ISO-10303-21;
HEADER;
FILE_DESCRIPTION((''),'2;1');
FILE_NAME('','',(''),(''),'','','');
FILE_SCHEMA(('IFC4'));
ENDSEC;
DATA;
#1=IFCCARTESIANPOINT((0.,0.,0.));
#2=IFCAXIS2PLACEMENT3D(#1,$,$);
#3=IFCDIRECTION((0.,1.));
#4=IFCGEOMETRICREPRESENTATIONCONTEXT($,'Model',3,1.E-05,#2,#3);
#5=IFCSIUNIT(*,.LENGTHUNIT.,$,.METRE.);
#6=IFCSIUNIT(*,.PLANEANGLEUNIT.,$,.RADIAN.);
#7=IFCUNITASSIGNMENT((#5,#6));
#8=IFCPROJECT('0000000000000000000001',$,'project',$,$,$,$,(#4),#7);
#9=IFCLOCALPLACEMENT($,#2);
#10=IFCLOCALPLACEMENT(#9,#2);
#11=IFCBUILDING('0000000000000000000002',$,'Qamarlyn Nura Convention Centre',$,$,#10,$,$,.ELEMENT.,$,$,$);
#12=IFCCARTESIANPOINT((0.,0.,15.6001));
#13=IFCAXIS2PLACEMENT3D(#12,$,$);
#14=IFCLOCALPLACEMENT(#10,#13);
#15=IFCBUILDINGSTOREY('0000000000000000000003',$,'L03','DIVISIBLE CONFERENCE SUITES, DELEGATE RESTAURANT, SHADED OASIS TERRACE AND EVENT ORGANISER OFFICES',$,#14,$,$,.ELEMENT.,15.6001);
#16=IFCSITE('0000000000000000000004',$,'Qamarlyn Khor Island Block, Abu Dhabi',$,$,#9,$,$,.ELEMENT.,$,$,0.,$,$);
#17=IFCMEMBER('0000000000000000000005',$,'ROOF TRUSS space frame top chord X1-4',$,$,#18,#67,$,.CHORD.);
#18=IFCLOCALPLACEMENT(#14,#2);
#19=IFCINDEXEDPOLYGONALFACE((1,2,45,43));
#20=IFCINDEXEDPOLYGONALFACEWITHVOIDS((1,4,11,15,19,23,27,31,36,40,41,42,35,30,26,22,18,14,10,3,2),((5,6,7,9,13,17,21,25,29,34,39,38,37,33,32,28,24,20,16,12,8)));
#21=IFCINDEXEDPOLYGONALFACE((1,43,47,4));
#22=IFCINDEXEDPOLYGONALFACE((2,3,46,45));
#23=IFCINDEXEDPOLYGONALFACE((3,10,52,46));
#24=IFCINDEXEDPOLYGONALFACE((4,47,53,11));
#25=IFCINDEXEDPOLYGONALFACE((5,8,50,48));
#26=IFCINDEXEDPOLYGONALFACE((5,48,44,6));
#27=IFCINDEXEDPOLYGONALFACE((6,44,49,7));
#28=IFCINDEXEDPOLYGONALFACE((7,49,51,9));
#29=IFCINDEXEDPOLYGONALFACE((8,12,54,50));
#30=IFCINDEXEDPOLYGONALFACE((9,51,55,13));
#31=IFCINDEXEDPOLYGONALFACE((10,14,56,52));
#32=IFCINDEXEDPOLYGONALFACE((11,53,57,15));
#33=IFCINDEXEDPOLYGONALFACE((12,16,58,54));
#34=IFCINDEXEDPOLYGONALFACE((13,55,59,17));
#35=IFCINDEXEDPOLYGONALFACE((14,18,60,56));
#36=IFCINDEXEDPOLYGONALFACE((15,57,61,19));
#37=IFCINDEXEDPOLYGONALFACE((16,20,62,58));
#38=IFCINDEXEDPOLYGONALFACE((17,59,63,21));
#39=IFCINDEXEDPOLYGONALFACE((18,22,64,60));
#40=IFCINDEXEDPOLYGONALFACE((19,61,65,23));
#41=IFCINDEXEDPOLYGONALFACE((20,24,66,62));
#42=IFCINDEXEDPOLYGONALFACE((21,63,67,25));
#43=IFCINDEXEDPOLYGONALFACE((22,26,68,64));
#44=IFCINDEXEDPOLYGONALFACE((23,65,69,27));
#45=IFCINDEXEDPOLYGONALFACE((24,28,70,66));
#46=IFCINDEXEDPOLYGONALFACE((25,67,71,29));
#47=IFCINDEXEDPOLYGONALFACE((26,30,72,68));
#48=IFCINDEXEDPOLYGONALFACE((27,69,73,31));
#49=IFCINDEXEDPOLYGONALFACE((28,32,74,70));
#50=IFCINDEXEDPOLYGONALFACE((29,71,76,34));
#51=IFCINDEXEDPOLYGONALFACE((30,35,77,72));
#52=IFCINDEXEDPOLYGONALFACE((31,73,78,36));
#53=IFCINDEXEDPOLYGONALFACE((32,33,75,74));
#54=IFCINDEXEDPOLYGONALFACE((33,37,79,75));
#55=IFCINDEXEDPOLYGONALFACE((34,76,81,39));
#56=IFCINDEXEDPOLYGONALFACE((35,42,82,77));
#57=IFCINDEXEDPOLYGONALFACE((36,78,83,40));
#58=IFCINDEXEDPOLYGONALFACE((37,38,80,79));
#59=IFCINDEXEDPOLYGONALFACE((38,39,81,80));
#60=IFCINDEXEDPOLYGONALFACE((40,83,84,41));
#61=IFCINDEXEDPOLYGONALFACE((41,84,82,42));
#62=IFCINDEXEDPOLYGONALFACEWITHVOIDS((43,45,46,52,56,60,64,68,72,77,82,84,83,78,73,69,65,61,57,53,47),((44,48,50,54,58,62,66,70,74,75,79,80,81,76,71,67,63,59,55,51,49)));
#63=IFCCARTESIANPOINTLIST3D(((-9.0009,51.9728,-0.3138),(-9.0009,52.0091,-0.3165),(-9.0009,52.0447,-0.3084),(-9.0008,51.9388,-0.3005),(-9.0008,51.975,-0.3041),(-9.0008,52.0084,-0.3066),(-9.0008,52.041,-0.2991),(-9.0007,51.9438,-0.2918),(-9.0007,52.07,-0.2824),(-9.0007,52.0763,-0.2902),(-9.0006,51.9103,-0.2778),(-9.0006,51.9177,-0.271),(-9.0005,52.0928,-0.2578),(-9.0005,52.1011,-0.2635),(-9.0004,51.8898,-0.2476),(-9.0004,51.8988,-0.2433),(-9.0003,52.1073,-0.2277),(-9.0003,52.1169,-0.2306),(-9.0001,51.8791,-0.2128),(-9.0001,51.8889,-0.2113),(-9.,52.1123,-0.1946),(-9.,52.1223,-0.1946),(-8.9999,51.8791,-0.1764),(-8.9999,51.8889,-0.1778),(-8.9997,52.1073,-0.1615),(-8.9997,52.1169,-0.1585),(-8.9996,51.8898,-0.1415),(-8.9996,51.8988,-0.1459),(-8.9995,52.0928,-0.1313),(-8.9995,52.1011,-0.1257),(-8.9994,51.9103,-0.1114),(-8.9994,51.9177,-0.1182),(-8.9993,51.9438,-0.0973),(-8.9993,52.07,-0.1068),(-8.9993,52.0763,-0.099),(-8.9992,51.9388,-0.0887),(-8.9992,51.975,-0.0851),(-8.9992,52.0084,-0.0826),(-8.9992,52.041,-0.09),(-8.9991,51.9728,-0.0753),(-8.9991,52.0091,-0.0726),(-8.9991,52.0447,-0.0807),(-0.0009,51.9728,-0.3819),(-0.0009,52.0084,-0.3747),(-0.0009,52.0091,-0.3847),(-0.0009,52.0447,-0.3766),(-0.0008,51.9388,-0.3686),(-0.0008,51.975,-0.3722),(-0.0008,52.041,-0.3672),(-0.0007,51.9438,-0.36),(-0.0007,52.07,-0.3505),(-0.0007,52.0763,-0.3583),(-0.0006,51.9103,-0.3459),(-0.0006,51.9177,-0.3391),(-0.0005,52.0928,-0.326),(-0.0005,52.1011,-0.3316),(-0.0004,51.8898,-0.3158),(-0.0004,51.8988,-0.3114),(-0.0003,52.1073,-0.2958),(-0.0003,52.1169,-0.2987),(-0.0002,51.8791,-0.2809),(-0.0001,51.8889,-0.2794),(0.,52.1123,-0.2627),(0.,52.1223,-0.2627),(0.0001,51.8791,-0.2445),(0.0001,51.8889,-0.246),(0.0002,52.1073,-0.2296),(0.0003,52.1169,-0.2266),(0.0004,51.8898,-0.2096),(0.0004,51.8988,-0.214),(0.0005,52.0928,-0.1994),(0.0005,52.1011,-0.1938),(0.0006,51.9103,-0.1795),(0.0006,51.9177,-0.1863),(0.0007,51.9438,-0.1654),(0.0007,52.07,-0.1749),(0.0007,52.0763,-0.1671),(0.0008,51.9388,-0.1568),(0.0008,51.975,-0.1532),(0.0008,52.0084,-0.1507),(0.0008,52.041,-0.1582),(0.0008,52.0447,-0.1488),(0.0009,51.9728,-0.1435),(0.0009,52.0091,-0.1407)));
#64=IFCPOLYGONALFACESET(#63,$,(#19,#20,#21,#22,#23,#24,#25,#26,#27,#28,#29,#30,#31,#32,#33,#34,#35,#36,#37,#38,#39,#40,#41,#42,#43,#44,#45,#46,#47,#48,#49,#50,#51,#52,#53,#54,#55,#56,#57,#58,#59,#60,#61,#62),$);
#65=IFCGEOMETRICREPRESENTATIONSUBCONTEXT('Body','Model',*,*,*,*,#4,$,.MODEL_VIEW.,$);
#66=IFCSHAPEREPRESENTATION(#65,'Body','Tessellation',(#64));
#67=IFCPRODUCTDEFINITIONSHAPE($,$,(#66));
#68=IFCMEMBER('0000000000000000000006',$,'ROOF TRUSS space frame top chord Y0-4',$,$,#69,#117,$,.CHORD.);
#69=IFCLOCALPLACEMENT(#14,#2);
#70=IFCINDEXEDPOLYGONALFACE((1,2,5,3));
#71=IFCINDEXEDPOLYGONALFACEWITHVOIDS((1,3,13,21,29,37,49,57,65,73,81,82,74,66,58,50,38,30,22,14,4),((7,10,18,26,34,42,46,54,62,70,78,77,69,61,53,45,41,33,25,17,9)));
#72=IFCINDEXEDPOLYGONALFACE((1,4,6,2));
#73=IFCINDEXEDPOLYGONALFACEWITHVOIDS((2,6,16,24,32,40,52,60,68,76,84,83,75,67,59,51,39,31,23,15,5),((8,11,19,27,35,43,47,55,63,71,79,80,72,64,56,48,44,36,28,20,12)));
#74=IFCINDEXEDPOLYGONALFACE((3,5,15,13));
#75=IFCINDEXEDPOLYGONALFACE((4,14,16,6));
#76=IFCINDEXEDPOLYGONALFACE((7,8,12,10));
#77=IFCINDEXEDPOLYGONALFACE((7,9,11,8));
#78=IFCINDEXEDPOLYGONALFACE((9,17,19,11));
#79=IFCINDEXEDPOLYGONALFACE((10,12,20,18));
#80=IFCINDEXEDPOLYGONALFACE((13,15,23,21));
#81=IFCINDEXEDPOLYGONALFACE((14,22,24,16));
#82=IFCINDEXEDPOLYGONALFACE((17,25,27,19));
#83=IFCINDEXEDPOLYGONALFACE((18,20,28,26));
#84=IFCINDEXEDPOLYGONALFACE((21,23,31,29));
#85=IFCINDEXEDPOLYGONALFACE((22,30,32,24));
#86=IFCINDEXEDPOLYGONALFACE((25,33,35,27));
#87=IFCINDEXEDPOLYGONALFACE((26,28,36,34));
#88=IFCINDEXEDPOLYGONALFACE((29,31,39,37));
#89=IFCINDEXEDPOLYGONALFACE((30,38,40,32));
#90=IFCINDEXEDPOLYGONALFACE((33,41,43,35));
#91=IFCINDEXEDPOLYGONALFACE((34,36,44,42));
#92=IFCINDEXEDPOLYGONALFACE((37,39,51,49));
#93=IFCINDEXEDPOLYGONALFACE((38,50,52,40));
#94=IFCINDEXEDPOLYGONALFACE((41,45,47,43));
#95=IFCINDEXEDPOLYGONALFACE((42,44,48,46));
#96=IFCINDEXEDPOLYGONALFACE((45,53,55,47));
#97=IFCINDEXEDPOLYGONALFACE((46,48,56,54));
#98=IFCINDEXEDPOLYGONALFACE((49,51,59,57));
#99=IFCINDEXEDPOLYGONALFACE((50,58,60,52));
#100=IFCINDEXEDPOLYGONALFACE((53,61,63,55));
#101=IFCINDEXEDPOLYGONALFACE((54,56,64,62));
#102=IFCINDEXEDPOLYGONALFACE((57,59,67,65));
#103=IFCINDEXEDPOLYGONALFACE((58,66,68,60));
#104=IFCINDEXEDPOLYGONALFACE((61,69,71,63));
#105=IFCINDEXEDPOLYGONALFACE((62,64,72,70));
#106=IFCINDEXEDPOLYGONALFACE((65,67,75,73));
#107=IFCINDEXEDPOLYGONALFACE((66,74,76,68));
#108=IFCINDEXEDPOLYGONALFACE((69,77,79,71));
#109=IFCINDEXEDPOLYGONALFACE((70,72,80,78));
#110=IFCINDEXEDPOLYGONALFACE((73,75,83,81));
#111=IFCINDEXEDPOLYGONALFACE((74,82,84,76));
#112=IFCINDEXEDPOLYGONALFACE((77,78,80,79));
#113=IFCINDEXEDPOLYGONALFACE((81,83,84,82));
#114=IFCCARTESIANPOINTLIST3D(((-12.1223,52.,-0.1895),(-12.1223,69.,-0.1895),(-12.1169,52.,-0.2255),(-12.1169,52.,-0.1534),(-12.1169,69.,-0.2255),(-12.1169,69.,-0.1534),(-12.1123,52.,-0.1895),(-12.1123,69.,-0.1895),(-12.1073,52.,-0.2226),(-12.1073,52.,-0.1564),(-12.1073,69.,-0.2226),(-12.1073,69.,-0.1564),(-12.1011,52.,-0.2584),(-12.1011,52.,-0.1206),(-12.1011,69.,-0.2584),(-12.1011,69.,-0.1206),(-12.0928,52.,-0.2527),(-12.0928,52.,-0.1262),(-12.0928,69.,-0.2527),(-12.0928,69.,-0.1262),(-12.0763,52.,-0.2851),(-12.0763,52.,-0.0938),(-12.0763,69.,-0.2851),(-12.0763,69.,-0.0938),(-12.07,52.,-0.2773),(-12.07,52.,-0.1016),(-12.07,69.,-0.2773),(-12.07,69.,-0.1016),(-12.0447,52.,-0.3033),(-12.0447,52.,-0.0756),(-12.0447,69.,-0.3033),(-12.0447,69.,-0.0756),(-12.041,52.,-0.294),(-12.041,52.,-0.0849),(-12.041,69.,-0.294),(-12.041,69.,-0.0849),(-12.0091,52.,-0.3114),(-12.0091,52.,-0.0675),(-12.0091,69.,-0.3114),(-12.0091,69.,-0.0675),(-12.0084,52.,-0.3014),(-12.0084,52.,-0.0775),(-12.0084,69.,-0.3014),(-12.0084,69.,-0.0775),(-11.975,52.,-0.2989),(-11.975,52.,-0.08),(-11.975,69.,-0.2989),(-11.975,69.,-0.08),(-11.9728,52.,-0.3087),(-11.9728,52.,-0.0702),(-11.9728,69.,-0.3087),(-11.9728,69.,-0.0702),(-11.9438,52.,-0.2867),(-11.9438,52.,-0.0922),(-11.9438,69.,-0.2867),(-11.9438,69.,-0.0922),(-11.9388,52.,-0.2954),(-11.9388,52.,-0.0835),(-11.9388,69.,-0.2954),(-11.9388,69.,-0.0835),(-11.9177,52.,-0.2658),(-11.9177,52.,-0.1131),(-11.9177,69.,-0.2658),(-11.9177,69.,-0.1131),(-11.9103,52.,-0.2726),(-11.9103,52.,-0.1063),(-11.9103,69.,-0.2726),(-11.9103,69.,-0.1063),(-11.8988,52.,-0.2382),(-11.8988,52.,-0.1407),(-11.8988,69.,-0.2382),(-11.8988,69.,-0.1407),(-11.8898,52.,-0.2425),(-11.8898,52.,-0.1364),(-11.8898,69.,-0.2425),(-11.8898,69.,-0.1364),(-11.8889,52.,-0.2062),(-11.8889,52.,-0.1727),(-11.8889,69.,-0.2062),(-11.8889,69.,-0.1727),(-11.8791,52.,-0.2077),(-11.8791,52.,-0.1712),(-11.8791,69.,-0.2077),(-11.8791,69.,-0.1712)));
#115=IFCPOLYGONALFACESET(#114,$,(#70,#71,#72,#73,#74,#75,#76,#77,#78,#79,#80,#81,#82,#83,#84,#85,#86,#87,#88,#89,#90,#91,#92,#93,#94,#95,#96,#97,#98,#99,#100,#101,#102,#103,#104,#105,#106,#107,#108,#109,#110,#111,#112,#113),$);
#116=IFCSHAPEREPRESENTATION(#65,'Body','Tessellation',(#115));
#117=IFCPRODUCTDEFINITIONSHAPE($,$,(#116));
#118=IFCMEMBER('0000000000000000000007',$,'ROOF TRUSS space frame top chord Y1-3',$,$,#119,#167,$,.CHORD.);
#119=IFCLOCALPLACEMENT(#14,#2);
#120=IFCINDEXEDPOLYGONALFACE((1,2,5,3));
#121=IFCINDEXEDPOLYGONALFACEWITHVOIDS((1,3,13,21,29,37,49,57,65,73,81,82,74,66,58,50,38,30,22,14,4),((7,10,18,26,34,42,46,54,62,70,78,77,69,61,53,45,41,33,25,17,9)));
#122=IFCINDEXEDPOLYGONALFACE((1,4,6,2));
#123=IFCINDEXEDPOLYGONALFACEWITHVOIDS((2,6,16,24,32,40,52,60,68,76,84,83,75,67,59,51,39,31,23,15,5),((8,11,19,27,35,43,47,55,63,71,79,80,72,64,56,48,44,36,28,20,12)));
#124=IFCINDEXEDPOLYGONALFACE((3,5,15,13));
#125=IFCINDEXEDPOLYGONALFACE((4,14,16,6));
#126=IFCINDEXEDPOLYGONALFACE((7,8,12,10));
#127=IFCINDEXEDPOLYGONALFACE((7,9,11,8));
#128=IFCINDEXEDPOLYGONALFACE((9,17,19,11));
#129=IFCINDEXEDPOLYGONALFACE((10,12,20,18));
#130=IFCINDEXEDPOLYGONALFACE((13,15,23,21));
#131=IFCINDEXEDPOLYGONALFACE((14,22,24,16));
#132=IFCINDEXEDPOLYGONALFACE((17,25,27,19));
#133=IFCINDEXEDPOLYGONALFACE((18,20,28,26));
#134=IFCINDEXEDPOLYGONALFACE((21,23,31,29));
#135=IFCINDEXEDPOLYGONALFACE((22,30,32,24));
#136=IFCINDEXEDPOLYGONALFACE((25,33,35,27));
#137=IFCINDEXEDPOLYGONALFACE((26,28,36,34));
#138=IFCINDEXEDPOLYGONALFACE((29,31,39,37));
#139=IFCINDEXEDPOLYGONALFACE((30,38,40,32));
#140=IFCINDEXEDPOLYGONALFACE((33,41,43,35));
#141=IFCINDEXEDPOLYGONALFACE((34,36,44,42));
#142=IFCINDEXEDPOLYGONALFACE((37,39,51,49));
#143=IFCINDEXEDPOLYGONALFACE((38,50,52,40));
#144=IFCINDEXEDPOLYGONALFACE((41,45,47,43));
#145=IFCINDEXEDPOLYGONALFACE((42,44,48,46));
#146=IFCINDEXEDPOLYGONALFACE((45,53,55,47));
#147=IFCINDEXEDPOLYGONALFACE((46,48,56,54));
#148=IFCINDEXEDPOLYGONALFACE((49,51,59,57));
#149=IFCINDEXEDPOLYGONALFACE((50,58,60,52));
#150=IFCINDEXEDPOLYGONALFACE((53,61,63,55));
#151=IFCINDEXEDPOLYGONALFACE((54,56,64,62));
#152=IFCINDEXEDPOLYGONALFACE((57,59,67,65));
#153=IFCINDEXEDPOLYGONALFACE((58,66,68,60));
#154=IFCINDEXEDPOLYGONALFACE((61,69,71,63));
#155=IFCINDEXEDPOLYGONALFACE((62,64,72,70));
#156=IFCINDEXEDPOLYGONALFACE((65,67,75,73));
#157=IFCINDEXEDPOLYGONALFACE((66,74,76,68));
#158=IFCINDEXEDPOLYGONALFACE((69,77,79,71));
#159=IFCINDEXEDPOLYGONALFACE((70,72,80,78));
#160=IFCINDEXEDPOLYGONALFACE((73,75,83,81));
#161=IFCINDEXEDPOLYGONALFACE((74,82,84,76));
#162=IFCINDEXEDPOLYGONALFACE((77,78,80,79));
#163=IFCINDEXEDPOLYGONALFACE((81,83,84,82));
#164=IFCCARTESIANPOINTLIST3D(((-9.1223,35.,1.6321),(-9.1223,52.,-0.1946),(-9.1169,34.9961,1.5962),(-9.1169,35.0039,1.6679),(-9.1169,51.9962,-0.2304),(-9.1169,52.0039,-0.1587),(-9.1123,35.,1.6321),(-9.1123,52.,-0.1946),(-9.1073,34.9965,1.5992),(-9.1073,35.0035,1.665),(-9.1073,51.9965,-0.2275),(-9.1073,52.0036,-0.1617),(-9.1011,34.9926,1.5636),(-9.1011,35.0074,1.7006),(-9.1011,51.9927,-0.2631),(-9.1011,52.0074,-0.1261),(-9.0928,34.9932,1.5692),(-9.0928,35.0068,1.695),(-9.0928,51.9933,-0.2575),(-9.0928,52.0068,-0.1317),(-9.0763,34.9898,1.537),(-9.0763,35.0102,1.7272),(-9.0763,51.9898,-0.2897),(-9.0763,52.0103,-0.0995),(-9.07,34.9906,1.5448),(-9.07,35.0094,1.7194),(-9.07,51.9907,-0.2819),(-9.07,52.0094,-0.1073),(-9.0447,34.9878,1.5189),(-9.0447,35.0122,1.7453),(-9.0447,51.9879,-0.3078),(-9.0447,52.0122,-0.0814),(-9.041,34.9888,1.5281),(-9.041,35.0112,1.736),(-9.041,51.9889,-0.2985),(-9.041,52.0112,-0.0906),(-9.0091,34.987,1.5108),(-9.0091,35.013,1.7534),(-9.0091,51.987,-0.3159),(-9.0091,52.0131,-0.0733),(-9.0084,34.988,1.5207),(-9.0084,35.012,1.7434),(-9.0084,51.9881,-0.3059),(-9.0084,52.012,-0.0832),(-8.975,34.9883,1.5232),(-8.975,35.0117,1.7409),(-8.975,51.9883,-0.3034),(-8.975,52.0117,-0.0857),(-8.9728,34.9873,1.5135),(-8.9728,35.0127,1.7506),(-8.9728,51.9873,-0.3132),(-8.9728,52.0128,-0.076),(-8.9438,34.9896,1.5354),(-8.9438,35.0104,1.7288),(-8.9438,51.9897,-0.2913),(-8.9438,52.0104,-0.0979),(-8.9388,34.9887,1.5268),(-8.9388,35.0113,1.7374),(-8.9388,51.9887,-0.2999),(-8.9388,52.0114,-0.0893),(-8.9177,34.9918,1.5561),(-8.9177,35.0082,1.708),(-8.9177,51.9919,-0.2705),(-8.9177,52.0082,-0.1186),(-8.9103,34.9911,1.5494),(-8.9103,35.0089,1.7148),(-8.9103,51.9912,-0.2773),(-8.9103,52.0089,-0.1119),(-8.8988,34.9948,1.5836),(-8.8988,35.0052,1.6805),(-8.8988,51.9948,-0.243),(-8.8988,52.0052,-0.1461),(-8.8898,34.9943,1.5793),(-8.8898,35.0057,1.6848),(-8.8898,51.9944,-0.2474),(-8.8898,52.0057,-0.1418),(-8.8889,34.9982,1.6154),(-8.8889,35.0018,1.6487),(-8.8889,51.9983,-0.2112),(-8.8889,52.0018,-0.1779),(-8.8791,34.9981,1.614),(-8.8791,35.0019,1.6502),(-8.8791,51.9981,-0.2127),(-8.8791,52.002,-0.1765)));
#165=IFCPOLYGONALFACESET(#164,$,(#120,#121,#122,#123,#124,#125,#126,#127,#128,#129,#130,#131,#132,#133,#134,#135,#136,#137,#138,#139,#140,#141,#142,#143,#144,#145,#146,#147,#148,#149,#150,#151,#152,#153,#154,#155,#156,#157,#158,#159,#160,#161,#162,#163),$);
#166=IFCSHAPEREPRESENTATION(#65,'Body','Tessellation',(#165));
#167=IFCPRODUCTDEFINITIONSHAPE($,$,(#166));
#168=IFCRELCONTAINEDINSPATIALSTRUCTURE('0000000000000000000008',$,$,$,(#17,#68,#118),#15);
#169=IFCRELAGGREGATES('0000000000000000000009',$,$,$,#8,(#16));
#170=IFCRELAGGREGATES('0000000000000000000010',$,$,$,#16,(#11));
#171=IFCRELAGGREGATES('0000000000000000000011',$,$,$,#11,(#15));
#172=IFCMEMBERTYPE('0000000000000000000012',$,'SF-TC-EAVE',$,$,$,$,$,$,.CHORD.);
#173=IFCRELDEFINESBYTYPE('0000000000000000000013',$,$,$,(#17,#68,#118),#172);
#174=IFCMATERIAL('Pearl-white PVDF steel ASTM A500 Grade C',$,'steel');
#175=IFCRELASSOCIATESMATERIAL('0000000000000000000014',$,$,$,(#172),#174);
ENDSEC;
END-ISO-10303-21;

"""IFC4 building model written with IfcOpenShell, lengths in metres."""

from ifc_helpers import new_model, si_unit, direction, frame, origin, origin_2d, place, context, subcontext, project, spatial, hollow_circle, extrude, material, material_profile, profile_set, type_object, element, save


model = new_model("IFC4")

# Units and contexts
model_context = context("Model", 3, precision=1e-05, world=origin(), true_north=direction((0.0, 1.0)))
body_context = subcontext(model_context, "Body", "Model", "MODEL_VIEW")
ifc_project = project(units=[si_unit("LENGTHUNIT", "METRE"), si_unit("PLANEANGLEUNIT", "RADIAN")], contexts=[model_context])

# Site, building, storey
site_placement = place(None, origin())
site = spatial("IfcSite", under=ifc_project, at=site_placement, Name="Qamarlyn Khor Island Block, Abu Dhabi", CompositionType="ELEMENT", RefElevation=0.0)
building_placement = place(site_placement, origin())
building = spatial("IfcBuilding", under=site, at=building_placement, Name="Qamarlyn Nura Convention Centre", CompositionType="ELEMENT")
storey_placement = place(building_placement, frame((0.0, 0.0, 15.6001)))
storey = spatial("IfcBuildingStorey", under=building, at=storey_placement, Name="L03", Description="DIVISIBLE CONFERENCE SUITES, DELEGATE RESTAURANT, SHADED OASIS TERRACE AND EVENT ORGANISER OFFICES", CompositionType="ELEMENT", Elevation=15.6001)

# Members
ifc_material_1 = material(Name="Pearl-white PVDF steel ASTM A500 Grade C", Category="steel")
ifc_material_profile_1 = material_profile(ifc_material_1, hollow_circle(Radius=0.1223, WallThickness=0.01, at=origin_2d()), Name="CHS244.5X10")
ifc_profile_set_1 = profile_set([ifc_material_profile_1], Name="Pearl-white PVDF steel ASTM A500 Grade C")
member_type_1 = type_object("IfcMemberType", Name="SF-TC-EAVE", PredefinedType="CHORD", material=ifc_profile_set_1)
member_1_placement = place(storey_placement, frame((-9.0, 52.0, -0.1946), z_axis=(0.999971, 0.0, -0.007568), x_axis=(0.0, 1.0, 0.0)))
element("IfcMember", 1, at=member_1_placement, inside=storey, type_object=member_type_1, Name="ROOF TRUSS space frame top chord X1-4", PredefinedType="CHORD", context=body_context, shape_type="SweptSolid", body=[
    extrude(hollow_circle(Radius=0.1223, WallThickness=0.01, at=origin_2d()), origin(), (0.0, 0.0, 1.0), 9.0002),
])
member_2_placement = place(storey_placement, frame((-12.0, 52.0, -0.1895), z_axis=(0.0, 1.0, 0.0), x_axis=(-1.0, 0.0, 0.0)))
element("IfcMember", 2, at=member_2_placement, inside=storey, type_object=member_type_1, Name="ROOF TRUSS space frame top chord Y0-4", PredefinedType="CHORD", context=body_context, shape_type="SweptSolid", body=[
    extrude(hollow_circle(Radius=0.1223, WallThickness=0.01, at=origin_2d()), origin(), (0.0, 0.0, 1.0), 17.0),
])
member_3_placement = place(storey_placement, frame((-9.0, 35.0, 1.6321), z_axis=(0.0, 0.994277, -0.106836), x_axis=(-1.0, 0.0, 0.0)))
element("IfcMember", 3, at=member_3_placement, inside=storey, type_object=member_type_1, Name="ROOF TRUSS space frame top chord Y1-3", PredefinedType="CHORD", context=body_context, shape_type="SweptSolid", body=[
    extrude(hollow_circle(Radius=0.1223, WallThickness=0.01, at=origin_2d()), origin(), (0.0, 0.0, 1.0), 17.0979),
])

save(model, "model.ifc")
